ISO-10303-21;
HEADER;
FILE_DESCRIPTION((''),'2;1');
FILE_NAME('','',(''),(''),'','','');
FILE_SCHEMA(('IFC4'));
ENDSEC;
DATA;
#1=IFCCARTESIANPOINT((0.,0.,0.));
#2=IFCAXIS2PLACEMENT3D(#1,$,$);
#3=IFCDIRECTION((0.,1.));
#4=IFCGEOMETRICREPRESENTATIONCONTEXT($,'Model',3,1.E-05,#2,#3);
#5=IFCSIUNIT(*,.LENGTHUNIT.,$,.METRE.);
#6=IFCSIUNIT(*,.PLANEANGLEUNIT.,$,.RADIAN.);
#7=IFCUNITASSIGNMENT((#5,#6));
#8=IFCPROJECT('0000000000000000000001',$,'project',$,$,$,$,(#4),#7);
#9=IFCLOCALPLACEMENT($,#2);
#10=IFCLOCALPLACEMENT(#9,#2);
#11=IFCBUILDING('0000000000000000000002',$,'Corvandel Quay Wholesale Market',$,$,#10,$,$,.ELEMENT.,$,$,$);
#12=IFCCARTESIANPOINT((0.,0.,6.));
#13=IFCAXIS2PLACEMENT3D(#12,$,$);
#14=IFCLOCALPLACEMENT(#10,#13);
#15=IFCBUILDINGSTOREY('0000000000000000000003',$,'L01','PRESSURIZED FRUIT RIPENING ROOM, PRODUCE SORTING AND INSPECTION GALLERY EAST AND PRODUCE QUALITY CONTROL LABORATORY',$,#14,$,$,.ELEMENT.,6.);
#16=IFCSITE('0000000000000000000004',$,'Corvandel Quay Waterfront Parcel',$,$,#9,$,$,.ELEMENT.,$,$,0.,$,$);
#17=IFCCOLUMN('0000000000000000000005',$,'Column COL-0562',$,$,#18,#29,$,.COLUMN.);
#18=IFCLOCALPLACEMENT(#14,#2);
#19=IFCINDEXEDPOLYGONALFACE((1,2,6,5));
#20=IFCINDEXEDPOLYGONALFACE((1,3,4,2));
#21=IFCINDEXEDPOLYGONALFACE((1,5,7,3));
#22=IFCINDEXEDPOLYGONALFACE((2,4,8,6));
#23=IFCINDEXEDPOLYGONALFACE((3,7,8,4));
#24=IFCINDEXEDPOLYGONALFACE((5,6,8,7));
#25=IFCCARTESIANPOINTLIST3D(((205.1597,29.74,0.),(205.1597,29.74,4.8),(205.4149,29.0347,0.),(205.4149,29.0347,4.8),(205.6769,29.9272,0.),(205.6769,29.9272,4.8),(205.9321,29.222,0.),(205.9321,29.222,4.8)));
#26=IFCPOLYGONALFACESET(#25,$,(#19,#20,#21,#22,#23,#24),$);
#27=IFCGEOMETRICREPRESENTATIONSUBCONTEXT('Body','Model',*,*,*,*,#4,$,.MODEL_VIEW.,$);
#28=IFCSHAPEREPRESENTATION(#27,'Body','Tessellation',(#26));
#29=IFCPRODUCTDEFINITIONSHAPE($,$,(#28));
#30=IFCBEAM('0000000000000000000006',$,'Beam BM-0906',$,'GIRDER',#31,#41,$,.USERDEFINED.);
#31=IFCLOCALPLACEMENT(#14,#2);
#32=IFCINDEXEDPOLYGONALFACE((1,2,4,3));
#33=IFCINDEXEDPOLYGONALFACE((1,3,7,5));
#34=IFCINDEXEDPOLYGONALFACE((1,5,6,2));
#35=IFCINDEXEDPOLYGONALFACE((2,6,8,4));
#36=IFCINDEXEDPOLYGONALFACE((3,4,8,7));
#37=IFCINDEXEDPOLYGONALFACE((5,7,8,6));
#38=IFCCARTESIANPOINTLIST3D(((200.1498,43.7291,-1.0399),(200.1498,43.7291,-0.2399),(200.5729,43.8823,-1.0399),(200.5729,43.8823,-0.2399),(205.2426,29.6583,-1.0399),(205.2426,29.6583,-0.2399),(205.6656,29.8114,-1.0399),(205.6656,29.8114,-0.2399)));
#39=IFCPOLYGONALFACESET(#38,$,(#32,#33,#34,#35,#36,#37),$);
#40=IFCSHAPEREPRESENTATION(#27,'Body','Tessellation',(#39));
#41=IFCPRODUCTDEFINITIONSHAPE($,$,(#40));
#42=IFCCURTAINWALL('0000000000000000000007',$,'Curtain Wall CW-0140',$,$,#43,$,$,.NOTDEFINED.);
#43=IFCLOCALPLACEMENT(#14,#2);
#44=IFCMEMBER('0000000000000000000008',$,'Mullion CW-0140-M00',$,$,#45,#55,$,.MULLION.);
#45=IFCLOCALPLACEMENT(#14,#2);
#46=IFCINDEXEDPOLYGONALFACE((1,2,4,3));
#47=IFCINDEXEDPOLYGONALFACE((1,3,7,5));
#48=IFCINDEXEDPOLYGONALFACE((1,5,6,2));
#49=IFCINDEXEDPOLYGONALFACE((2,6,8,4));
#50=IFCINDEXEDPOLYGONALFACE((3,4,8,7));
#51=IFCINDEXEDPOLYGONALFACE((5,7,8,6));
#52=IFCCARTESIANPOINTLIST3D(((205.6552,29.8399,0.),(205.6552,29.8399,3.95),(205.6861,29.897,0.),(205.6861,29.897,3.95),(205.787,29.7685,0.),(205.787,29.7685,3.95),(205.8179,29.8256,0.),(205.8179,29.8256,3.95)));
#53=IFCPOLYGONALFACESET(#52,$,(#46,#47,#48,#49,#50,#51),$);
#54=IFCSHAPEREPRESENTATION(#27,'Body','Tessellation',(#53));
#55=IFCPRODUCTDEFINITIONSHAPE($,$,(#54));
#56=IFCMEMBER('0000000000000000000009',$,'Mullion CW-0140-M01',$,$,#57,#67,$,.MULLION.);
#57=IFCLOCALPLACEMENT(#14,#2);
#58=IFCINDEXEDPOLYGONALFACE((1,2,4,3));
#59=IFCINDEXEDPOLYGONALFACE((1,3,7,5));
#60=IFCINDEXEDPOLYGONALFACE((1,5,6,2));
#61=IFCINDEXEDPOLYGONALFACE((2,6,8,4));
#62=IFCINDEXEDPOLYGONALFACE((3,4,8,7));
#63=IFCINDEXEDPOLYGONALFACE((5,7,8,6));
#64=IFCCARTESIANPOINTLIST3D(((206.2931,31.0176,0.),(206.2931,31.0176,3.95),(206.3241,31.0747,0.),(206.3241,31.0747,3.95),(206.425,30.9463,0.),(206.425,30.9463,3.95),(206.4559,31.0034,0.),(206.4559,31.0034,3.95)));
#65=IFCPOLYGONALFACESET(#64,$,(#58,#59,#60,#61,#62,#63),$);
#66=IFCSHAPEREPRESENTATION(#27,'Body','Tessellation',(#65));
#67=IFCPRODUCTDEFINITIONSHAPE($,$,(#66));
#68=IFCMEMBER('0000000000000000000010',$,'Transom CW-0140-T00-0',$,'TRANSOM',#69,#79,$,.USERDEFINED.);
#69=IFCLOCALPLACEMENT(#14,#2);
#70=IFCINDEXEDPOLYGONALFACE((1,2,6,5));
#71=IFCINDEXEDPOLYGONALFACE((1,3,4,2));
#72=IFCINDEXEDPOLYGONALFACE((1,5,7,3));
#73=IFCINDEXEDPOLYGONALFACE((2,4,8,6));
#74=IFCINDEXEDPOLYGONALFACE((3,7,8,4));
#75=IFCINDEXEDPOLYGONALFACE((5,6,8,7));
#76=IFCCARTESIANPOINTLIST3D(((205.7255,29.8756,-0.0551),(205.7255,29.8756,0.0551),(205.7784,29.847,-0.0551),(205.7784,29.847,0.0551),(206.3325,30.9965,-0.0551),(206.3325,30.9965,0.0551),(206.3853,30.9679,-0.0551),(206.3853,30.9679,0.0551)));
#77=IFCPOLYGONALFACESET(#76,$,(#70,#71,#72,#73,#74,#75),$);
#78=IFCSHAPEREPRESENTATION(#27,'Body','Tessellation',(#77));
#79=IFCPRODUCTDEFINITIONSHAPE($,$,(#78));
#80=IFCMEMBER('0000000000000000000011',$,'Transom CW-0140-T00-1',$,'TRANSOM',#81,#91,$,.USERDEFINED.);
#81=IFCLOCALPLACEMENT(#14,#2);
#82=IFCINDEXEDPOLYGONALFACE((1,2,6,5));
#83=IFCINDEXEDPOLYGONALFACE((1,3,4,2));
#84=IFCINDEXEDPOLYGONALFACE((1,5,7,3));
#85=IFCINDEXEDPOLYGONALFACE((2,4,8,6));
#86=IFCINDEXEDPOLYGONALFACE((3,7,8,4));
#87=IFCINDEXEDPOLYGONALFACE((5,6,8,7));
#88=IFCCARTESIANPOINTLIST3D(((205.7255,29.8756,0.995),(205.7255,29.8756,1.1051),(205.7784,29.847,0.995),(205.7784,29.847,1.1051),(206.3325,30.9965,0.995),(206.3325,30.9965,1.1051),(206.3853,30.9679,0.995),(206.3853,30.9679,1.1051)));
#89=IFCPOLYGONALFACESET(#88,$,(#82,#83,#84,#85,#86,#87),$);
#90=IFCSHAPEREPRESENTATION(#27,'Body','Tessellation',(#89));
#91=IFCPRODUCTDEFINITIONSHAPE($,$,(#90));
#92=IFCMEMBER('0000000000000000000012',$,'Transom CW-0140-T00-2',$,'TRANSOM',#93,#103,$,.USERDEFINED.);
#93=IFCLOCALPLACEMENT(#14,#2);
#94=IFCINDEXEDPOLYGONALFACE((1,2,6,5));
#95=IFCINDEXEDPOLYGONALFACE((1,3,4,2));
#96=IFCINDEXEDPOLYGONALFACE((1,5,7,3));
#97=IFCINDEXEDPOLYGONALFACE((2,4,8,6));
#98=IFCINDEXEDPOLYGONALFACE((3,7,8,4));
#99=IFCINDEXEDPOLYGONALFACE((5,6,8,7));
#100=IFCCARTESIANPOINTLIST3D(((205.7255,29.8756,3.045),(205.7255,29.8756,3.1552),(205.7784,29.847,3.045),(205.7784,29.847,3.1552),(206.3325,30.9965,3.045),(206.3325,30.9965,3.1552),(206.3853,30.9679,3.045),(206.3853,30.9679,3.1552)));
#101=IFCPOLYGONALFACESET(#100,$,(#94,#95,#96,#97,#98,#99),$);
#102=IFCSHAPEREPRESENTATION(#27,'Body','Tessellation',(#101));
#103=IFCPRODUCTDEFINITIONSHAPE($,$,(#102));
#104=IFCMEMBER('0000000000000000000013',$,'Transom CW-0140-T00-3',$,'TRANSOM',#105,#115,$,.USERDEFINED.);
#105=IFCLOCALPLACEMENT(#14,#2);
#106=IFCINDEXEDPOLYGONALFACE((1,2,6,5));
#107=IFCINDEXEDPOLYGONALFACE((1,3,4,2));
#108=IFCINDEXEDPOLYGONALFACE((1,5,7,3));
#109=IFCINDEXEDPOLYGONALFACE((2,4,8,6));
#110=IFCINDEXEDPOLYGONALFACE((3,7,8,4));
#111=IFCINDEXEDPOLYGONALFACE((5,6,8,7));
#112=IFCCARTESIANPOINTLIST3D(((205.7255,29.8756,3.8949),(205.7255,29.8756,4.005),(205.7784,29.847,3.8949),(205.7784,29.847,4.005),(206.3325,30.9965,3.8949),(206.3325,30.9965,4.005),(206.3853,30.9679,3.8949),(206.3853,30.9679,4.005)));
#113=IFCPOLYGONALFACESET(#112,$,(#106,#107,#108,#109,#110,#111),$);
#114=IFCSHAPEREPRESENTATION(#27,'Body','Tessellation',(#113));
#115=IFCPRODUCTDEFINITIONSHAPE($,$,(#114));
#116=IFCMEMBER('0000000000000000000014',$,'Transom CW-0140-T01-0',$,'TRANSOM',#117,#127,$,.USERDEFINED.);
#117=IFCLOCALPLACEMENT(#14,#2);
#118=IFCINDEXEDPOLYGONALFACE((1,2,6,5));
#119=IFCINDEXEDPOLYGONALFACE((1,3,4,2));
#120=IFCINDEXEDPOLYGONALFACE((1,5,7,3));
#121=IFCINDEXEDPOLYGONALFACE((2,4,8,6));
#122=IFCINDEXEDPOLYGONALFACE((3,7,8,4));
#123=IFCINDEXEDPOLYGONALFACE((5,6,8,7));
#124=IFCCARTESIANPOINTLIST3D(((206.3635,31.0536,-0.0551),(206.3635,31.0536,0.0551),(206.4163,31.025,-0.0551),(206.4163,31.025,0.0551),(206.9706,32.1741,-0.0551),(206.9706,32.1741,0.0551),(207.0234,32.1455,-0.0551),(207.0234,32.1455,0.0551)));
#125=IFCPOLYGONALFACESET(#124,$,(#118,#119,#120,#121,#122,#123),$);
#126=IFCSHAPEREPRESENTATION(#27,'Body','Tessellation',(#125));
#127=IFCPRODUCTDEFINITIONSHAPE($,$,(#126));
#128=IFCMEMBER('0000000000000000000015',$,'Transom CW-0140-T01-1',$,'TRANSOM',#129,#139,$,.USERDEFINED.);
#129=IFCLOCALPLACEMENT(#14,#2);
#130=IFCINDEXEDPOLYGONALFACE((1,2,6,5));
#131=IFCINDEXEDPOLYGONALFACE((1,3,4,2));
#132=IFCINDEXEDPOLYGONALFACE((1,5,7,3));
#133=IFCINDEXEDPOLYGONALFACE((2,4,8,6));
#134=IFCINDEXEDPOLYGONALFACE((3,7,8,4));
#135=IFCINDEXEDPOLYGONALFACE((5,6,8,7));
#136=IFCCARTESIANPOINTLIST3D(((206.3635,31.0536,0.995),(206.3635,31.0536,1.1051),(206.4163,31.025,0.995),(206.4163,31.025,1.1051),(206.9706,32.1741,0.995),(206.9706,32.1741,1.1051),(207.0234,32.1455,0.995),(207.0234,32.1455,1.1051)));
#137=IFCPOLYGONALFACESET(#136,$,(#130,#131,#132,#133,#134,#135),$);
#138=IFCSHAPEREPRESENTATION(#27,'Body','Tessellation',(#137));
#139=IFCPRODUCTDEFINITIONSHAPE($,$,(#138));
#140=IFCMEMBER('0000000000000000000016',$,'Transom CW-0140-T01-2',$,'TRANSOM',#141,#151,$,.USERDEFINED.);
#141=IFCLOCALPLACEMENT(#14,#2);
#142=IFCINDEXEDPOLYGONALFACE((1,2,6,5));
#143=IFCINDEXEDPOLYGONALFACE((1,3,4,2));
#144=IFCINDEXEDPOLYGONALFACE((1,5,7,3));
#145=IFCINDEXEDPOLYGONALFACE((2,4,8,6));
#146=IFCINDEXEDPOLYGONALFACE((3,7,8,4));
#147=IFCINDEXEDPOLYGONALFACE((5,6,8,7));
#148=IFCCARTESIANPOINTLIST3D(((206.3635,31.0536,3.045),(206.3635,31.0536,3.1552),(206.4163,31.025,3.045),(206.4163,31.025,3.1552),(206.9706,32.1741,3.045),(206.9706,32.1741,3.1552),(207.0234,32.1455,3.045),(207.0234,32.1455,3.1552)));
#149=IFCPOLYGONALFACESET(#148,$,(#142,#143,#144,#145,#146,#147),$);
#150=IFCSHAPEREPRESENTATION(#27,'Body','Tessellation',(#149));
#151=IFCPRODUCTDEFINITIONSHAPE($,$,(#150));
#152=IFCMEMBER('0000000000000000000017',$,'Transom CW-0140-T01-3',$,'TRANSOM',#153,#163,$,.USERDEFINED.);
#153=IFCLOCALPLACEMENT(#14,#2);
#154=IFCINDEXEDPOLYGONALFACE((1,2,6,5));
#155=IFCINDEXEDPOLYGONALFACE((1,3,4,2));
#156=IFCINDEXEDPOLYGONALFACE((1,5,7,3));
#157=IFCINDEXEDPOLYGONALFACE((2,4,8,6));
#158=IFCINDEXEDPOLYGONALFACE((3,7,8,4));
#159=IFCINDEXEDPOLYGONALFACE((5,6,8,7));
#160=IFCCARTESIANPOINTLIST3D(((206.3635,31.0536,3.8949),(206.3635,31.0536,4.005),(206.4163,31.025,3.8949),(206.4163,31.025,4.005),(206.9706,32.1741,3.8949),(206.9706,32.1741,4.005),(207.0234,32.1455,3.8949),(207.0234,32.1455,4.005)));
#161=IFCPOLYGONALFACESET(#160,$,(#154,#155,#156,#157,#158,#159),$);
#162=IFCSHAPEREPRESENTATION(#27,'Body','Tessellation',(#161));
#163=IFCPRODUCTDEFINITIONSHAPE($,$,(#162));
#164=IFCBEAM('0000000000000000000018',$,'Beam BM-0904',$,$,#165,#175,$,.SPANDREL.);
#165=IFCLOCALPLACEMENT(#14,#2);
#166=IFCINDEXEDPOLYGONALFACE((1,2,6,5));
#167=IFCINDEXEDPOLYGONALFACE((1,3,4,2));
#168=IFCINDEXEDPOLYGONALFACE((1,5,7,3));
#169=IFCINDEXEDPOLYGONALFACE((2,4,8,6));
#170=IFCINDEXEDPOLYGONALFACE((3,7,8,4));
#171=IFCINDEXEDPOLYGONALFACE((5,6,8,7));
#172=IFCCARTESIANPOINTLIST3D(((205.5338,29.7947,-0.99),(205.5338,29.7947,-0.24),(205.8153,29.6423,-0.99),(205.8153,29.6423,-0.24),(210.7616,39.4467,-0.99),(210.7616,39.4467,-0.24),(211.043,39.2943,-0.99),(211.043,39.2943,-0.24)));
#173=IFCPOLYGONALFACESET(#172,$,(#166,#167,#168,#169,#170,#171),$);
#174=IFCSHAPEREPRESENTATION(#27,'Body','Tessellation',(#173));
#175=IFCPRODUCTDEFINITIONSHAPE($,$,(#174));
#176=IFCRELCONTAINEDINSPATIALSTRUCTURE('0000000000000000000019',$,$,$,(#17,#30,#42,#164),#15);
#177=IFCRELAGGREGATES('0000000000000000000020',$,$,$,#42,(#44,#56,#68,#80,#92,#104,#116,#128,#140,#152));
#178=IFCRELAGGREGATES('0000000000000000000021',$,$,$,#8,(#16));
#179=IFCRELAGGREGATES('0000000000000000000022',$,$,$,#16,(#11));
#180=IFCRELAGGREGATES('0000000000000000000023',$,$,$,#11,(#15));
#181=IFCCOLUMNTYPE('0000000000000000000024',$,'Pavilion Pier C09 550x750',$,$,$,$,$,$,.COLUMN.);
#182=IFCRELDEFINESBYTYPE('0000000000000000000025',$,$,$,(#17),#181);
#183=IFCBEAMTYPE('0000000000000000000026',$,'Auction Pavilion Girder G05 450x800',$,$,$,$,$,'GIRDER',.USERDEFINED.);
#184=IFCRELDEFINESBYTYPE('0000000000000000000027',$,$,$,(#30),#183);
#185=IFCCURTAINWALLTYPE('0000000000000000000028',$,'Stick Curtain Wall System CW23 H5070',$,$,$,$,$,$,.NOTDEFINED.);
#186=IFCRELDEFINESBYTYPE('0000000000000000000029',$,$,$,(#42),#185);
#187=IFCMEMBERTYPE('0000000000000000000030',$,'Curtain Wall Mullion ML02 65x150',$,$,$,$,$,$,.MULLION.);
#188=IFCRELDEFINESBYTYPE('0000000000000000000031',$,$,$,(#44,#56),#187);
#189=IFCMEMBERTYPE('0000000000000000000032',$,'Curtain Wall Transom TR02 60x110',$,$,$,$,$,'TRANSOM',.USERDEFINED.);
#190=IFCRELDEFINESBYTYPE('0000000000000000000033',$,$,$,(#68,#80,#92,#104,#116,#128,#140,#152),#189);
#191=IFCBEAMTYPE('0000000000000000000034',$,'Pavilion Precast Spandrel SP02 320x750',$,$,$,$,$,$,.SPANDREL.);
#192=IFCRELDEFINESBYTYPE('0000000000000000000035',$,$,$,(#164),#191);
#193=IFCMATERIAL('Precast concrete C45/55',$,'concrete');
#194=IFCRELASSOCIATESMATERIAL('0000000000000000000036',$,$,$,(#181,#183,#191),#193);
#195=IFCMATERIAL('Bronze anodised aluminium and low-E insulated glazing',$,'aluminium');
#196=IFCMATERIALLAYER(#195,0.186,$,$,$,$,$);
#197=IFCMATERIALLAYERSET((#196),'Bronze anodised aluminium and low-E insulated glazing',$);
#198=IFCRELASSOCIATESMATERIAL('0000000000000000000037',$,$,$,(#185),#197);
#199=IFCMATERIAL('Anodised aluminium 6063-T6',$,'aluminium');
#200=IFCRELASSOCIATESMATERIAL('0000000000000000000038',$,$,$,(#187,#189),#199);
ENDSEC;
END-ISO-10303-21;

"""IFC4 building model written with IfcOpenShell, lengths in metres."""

from ifc_helpers import new_model, si_unit, direction, frame, origin, origin_2d, place, context, subcontext, project, spatial, rectangle, extrude, material, layer, layer_set, material_profile, profile_set, type_object, element, aggregate, save


model = new_model("IFC4")

# Units and contexts
model_context = context("Model", 3, precision=1e-05, world=origin(), true_north=direction((0.0, 1.0)))
body_context = subcontext(model_context, "Body", "Model", "MODEL_VIEW")
ifc_project = project(units=[si_unit("LENGTHUNIT", "METRE"), si_unit("PLANEANGLEUNIT", "RADIAN")], contexts=[model_context])

# Site, building, storey
site_placement = place(None, origin())
site = spatial("IfcSite", under=ifc_project, at=site_placement, Name="Corvandel Quay Waterfront Parcel", CompositionType="ELEMENT", RefElevation=0.0)
building_placement = place(site_placement, origin())
building = spatial("IfcBuilding", under=site, at=building_placement, Name="Corvandel Quay Wholesale Market", CompositionType="ELEMENT")
storey_placement = place(building_placement, frame((0.0, 0.0, 6.0)))
storey = spatial("IfcBuildingStorey", under=building, at=storey_placement, Name="L01", Description="PRESSURIZED FRUIT RIPENING ROOM, PRODUCE SORTING AND INSPECTION GALLERY EAST AND PRODUCE QUALITY CONTROL LABORATORY", CompositionType="ELEMENT", Elevation=6.0)

# Column
ifc_material_1 = material(Name="Precast concrete C45/55", Category="concrete")
ifc_material_profile_1 = material_profile(ifc_material_1, rectangle(XDim=0.55, YDim=0.75, at=origin_2d()), Name="PC-COL-550x750")
ifc_profile_set_1 = profile_set([ifc_material_profile_1], Name="Precast concrete C45/55")
column_type = type_object("IfcColumnType", Name="Pavilion Pier C09 550x750", PredefinedType="COLUMN", material=ifc_profile_set_1)
column_placement = place(storey_placement, frame((205.5459, 29.481, 0.0), z_axis=(0.0, 0.0, 1.0), x_axis=(0.940288, 0.34038, 0.0)))
element("IfcColumn", 1, at=column_placement, inside=storey, type_object=column_type, Name="Column COL-0562", PredefinedType="COLUMN", context=body_context, shape_type="SweptSolid", body=[
    extrude(rectangle(XDim=0.55, YDim=0.75, at=origin_2d()), origin(), (0.0, 0.0, 1.0), 4.8),
])

# Beam
ifc_material_profile_2 = material_profile(ifc_material_1, rectangle(XDim=0.45, YDim=0.8, at=origin_2d()), Name="PC-GIR-450x800")
ifc_profile_set_2 = profile_set([ifc_material_profile_2], Name="Precast concrete C45/55")
beam_type_1 = type_object("IfcBeamType", Name="Auction Pavilion Girder G05 450x800", ElementType="GIRDER", PredefinedType="USERDEFINED", material=ifc_profile_set_2)
beam_1_placement = place(storey_placement, frame((205.4541, 29.7349, -0.6399), z_axis=(-0.340333, 0.940305, 0.0), x_axis=(-0.940305, -0.340333, 0.0)))
element("IfcBeam", 2, at=beam_1_placement, inside=storey, type_object=beam_type_1, Name="Beam BM-0906", ObjectType="GIRDER", PredefinedType="USERDEFINED", context=body_context, shape_type="SweptSolid", body=[
    extrude(rectangle(XDim=0.45, YDim=0.8, at=origin_2d()), origin(), (0.0, 0.0, 1.0), 14.9641),
])

# Curtain wall, members
ifc_material_2 = material(Name="Bronze anodised aluminium and low-E insulated glazing", Category="aluminium")
ifc_layer_1 = layer(ifc_material_2, 0.186)
ifc_layer_set_1 = layer_set([ifc_layer_1], Name="Bronze anodised aluminium and low-E insulated glazing")
curtain_wall_type = type_object("IfcCurtainWallType", Name="Stick Curtain Wall System CW23 H5070", PredefinedType="NOTDEFINED", material=ifc_layer_set_1)
curtain_wall_placement = place(storey_placement, origin())
curtain_wall = element("IfcCurtainWall", 3, at=curtain_wall_placement, inside=storey, type_object=curtain_wall_type, Name="Curtain Wall CW-0140", PredefinedType="NOTDEFINED")
ifc_material_3 = material(Name="Anodised aluminium 6063-T6", Category="aluminium")
ifc_material_profile_3 = material_profile(ifc_material_3, rectangle(XDim=0.0649, YDim=0.1499, at=origin_2d()), Name="ALU-MUL-65x150")
ifc_profile_set_3 = profile_set([ifc_material_profile_3], Name="Anodised aluminium 6063-T6")
member_type_1 = type_object("IfcMemberType", Name="Curtain Wall Mullion ML02 65x150", PredefinedType="MULLION", material=ifc_profile_set_3)
member_1_placement = place(storey_placement, frame((205.7366, 29.8328, 0.0), z_axis=(0.0, 0.0, 1.0), x_axis=(0.476238, 0.879316, 0.0)))
member_1 = element("IfcMember", 4, at=member_1_placement, type_object=member_type_1, Name="Mullion CW-0140-M00", PredefinedType="MULLION", context=body_context, shape_type="SweptSolid", body=[
    extrude(rectangle(XDim=0.0649, YDim=0.1499, at=origin_2d()), origin(), (0.0, 0.0, 1.0), 3.95),
])
member_2_placement = place(storey_placement, frame((206.3745, 31.0105, 0.0), z_axis=(0.0, 0.0, 1.0), x_axis=(0.476238, 0.879316, 0.0)))
member_2 = element("IfcMember", 5, at=member_2_placement, type_object=member_type_1, Name="Mullion CW-0140-M01", PredefinedType="MULLION", context=body_context, shape_type="SweptSolid", body=[
    extrude(rectangle(XDim=0.0649, YDim=0.1499, at=origin_2d()), origin(), (0.0, 0.0, 1.0), 3.95),
])
ifc_material_profile_4 = material_profile(ifc_material_3, rectangle(XDim=0.0601, YDim=0.1101, at=origin_2d()), Name="ALU-TRN-60x110")
ifc_profile_set_4 = profile_set([ifc_material_profile_4], Name="Anodised aluminium 6063-T6")
member_type_2 = type_object("IfcMemberType", Name="Curtain Wall Transom TR02 60x110", ElementType="TRANSOM", PredefinedType="USERDEFINED", material=ifc_profile_set_4)
member_3_placement = place(storey_placement, frame((205.752, 29.8613, 0.0), z_axis=(0.476166, 0.879355, 0.0), x_axis=(-0.879355, 0.476166, 0.0)))
member_3 = element("IfcMember", 6, at=member_3_placement, type_object=member_type_2, Name="Transom CW-0140-T00-0", ObjectType="TRANSOM", PredefinedType="USERDEFINED", context=body_context, shape_type="SweptSolid", body=[
    extrude(rectangle(XDim=0.0601, YDim=0.1101, at=origin_2d()), origin(), (0.0, 0.0, 1.0), 1.2747),
])
member_4_placement = place(storey_placement, frame((205.752, 29.8613, 1.05), z_axis=(0.476166, 0.879355, 0.0), x_axis=(-0.879355, 0.476166, 0.0)))
member_4 = element("IfcMember", 7, at=member_4_placement, type_object=member_type_2, Name="Transom CW-0140-T00-1", ObjectType="TRANSOM", PredefinedType="USERDEFINED", context=body_context, shape_type="SweptSolid", body=[
    extrude(rectangle(XDim=0.0601, YDim=0.1101, at=origin_2d()), origin(), (0.0, 0.0, 1.0), 1.2747),
])
member_5_placement = place(storey_placement, frame((205.752, 29.8613, 3.1001), z_axis=(0.476166, 0.879355, 0.0), x_axis=(-0.879355, 0.476166, 0.0)))
member_5 = element("IfcMember", 8, at=member_5_placement, type_object=member_type_2, Name="Transom CW-0140-T00-2", ObjectType="TRANSOM", PredefinedType="USERDEFINED", context=body_context, shape_type="SweptSolid", body=[
    extrude(rectangle(XDim=0.0601, YDim=0.1101, at=origin_2d()), origin(), (0.0, 0.0, 1.0), 1.2747),
])
member_6_placement = place(storey_placement, frame((205.752, 29.8613, 3.95), z_axis=(0.476166, 0.879355, 0.0), x_axis=(-0.879355, 0.476166, 0.0)))
member_6 = element("IfcMember", 9, at=member_6_placement, type_object=member_type_2, Name="Transom CW-0140-T00-3", ObjectType="TRANSOM", PredefinedType="USERDEFINED", context=body_context, shape_type="SweptSolid", body=[
    extrude(rectangle(XDim=0.0601, YDim=0.1101, at=origin_2d()), origin(), (0.0, 0.0, 1.0), 1.2747),
])
member_7_placement = place(storey_placement, frame((206.3899, 31.0393, 0.0), z_axis=(0.476394, 0.879232, 0.0), x_axis=(-0.879232, 0.476394, 0.0)))
member_7 = element("IfcMember", 10, at=member_7_placement, type_object=member_type_2, Name="Transom CW-0140-T01-0", ObjectType="TRANSOM", PredefinedType="USERDEFINED", context=body_context, shape_type="SweptSolid", body=[
    extrude(rectangle(XDim=0.0601, YDim=0.1101, at=origin_2d()), origin(), (0.0, 0.0, 1.0), 1.2744),
])
member_8_placement = place(storey_placement, frame((206.3899, 31.0393, 1.05), z_axis=(0.476394, 0.879232, 0.0), x_axis=(-0.879232, 0.476394, 0.0)))
member_8 = element("IfcMember", 11, at=member_8_placement, type_object=member_type_2, Name="Transom CW-0140-T01-1", ObjectType="TRANSOM", PredefinedType="USERDEFINED", context=body_context, shape_type="SweptSolid", body=[
    extrude(rectangle(XDim=0.0601, YDim=0.1101, at=origin_2d()), origin(), (0.0, 0.0, 1.0), 1.2744),
])
member_9_placement = place(storey_placement, frame((206.3899, 31.0393, 3.1001), z_axis=(0.476394, 0.879232, 0.0), x_axis=(-0.879232, 0.476394, 0.0)))
member_9 = element("IfcMember", 12, at=member_9_placement, type_object=member_type_2, Name="Transom CW-0140-T01-2", ObjectType="TRANSOM", PredefinedType="USERDEFINED", context=body_context, shape_type="SweptSolid", body=[
    extrude(rectangle(XDim=0.0601, YDim=0.1101, at=origin_2d()), origin(), (0.0, 0.0, 1.0), 1.2744),
])
member_10_placement = place(storey_placement, frame((206.3899, 31.0393, 3.95), z_axis=(0.476394, 0.879232, 0.0), x_axis=(-0.879232, 0.476394, 0.0)))
member_10 = element("IfcMember", 13, at=member_10_placement, type_object=member_type_2, Name="Transom CW-0140-T01-3", ObjectType="TRANSOM", PredefinedType="USERDEFINED", context=body_context, shape_type="SweptSolid", body=[
    extrude(rectangle(XDim=0.0601, YDim=0.1101, at=origin_2d()), origin(), (0.0, 0.0, 1.0), 1.2744),
])

# Beam
ifc_material_profile_5 = material_profile(ifc_material_1, rectangle(XDim=0.3201, YDim=0.75, at=origin_2d()), Name="PC-SPN-320x750")
ifc_profile_set_5 = profile_set([ifc_material_profile_5], Name="Precast concrete C45/55")
beam_type_2 = type_object("IfcBeamType", Name="Pavilion Precast Spandrel SP02 320x750", PredefinedType="SPANDREL", material=ifc_profile_set_5)
beam_2_placement = place(storey_placement, frame((205.6746, 29.7185, -0.615), z_axis=(0.476252, 0.879309, 0.0), x_axis=(-0.879309, 0.476252, 0.0)))
element("IfcBeam", 14, at=beam_2_placement, inside=storey, type_object=beam_type_2, Name="Beam BM-0904", PredefinedType="SPANDREL", context=body_context, shape_type="SweptSolid", body=[
    extrude(rectangle(XDim=0.3201, YDim=0.75, at=origin_2d()), origin(), (0.0, 0.0, 1.0), 10.9768),
])

aggregate(curtain_wall, [member_1, member_2, member_3, member_4, member_5, member_6, member_7, member_8, member_9, member_10])

save(model, "model.ifc")
